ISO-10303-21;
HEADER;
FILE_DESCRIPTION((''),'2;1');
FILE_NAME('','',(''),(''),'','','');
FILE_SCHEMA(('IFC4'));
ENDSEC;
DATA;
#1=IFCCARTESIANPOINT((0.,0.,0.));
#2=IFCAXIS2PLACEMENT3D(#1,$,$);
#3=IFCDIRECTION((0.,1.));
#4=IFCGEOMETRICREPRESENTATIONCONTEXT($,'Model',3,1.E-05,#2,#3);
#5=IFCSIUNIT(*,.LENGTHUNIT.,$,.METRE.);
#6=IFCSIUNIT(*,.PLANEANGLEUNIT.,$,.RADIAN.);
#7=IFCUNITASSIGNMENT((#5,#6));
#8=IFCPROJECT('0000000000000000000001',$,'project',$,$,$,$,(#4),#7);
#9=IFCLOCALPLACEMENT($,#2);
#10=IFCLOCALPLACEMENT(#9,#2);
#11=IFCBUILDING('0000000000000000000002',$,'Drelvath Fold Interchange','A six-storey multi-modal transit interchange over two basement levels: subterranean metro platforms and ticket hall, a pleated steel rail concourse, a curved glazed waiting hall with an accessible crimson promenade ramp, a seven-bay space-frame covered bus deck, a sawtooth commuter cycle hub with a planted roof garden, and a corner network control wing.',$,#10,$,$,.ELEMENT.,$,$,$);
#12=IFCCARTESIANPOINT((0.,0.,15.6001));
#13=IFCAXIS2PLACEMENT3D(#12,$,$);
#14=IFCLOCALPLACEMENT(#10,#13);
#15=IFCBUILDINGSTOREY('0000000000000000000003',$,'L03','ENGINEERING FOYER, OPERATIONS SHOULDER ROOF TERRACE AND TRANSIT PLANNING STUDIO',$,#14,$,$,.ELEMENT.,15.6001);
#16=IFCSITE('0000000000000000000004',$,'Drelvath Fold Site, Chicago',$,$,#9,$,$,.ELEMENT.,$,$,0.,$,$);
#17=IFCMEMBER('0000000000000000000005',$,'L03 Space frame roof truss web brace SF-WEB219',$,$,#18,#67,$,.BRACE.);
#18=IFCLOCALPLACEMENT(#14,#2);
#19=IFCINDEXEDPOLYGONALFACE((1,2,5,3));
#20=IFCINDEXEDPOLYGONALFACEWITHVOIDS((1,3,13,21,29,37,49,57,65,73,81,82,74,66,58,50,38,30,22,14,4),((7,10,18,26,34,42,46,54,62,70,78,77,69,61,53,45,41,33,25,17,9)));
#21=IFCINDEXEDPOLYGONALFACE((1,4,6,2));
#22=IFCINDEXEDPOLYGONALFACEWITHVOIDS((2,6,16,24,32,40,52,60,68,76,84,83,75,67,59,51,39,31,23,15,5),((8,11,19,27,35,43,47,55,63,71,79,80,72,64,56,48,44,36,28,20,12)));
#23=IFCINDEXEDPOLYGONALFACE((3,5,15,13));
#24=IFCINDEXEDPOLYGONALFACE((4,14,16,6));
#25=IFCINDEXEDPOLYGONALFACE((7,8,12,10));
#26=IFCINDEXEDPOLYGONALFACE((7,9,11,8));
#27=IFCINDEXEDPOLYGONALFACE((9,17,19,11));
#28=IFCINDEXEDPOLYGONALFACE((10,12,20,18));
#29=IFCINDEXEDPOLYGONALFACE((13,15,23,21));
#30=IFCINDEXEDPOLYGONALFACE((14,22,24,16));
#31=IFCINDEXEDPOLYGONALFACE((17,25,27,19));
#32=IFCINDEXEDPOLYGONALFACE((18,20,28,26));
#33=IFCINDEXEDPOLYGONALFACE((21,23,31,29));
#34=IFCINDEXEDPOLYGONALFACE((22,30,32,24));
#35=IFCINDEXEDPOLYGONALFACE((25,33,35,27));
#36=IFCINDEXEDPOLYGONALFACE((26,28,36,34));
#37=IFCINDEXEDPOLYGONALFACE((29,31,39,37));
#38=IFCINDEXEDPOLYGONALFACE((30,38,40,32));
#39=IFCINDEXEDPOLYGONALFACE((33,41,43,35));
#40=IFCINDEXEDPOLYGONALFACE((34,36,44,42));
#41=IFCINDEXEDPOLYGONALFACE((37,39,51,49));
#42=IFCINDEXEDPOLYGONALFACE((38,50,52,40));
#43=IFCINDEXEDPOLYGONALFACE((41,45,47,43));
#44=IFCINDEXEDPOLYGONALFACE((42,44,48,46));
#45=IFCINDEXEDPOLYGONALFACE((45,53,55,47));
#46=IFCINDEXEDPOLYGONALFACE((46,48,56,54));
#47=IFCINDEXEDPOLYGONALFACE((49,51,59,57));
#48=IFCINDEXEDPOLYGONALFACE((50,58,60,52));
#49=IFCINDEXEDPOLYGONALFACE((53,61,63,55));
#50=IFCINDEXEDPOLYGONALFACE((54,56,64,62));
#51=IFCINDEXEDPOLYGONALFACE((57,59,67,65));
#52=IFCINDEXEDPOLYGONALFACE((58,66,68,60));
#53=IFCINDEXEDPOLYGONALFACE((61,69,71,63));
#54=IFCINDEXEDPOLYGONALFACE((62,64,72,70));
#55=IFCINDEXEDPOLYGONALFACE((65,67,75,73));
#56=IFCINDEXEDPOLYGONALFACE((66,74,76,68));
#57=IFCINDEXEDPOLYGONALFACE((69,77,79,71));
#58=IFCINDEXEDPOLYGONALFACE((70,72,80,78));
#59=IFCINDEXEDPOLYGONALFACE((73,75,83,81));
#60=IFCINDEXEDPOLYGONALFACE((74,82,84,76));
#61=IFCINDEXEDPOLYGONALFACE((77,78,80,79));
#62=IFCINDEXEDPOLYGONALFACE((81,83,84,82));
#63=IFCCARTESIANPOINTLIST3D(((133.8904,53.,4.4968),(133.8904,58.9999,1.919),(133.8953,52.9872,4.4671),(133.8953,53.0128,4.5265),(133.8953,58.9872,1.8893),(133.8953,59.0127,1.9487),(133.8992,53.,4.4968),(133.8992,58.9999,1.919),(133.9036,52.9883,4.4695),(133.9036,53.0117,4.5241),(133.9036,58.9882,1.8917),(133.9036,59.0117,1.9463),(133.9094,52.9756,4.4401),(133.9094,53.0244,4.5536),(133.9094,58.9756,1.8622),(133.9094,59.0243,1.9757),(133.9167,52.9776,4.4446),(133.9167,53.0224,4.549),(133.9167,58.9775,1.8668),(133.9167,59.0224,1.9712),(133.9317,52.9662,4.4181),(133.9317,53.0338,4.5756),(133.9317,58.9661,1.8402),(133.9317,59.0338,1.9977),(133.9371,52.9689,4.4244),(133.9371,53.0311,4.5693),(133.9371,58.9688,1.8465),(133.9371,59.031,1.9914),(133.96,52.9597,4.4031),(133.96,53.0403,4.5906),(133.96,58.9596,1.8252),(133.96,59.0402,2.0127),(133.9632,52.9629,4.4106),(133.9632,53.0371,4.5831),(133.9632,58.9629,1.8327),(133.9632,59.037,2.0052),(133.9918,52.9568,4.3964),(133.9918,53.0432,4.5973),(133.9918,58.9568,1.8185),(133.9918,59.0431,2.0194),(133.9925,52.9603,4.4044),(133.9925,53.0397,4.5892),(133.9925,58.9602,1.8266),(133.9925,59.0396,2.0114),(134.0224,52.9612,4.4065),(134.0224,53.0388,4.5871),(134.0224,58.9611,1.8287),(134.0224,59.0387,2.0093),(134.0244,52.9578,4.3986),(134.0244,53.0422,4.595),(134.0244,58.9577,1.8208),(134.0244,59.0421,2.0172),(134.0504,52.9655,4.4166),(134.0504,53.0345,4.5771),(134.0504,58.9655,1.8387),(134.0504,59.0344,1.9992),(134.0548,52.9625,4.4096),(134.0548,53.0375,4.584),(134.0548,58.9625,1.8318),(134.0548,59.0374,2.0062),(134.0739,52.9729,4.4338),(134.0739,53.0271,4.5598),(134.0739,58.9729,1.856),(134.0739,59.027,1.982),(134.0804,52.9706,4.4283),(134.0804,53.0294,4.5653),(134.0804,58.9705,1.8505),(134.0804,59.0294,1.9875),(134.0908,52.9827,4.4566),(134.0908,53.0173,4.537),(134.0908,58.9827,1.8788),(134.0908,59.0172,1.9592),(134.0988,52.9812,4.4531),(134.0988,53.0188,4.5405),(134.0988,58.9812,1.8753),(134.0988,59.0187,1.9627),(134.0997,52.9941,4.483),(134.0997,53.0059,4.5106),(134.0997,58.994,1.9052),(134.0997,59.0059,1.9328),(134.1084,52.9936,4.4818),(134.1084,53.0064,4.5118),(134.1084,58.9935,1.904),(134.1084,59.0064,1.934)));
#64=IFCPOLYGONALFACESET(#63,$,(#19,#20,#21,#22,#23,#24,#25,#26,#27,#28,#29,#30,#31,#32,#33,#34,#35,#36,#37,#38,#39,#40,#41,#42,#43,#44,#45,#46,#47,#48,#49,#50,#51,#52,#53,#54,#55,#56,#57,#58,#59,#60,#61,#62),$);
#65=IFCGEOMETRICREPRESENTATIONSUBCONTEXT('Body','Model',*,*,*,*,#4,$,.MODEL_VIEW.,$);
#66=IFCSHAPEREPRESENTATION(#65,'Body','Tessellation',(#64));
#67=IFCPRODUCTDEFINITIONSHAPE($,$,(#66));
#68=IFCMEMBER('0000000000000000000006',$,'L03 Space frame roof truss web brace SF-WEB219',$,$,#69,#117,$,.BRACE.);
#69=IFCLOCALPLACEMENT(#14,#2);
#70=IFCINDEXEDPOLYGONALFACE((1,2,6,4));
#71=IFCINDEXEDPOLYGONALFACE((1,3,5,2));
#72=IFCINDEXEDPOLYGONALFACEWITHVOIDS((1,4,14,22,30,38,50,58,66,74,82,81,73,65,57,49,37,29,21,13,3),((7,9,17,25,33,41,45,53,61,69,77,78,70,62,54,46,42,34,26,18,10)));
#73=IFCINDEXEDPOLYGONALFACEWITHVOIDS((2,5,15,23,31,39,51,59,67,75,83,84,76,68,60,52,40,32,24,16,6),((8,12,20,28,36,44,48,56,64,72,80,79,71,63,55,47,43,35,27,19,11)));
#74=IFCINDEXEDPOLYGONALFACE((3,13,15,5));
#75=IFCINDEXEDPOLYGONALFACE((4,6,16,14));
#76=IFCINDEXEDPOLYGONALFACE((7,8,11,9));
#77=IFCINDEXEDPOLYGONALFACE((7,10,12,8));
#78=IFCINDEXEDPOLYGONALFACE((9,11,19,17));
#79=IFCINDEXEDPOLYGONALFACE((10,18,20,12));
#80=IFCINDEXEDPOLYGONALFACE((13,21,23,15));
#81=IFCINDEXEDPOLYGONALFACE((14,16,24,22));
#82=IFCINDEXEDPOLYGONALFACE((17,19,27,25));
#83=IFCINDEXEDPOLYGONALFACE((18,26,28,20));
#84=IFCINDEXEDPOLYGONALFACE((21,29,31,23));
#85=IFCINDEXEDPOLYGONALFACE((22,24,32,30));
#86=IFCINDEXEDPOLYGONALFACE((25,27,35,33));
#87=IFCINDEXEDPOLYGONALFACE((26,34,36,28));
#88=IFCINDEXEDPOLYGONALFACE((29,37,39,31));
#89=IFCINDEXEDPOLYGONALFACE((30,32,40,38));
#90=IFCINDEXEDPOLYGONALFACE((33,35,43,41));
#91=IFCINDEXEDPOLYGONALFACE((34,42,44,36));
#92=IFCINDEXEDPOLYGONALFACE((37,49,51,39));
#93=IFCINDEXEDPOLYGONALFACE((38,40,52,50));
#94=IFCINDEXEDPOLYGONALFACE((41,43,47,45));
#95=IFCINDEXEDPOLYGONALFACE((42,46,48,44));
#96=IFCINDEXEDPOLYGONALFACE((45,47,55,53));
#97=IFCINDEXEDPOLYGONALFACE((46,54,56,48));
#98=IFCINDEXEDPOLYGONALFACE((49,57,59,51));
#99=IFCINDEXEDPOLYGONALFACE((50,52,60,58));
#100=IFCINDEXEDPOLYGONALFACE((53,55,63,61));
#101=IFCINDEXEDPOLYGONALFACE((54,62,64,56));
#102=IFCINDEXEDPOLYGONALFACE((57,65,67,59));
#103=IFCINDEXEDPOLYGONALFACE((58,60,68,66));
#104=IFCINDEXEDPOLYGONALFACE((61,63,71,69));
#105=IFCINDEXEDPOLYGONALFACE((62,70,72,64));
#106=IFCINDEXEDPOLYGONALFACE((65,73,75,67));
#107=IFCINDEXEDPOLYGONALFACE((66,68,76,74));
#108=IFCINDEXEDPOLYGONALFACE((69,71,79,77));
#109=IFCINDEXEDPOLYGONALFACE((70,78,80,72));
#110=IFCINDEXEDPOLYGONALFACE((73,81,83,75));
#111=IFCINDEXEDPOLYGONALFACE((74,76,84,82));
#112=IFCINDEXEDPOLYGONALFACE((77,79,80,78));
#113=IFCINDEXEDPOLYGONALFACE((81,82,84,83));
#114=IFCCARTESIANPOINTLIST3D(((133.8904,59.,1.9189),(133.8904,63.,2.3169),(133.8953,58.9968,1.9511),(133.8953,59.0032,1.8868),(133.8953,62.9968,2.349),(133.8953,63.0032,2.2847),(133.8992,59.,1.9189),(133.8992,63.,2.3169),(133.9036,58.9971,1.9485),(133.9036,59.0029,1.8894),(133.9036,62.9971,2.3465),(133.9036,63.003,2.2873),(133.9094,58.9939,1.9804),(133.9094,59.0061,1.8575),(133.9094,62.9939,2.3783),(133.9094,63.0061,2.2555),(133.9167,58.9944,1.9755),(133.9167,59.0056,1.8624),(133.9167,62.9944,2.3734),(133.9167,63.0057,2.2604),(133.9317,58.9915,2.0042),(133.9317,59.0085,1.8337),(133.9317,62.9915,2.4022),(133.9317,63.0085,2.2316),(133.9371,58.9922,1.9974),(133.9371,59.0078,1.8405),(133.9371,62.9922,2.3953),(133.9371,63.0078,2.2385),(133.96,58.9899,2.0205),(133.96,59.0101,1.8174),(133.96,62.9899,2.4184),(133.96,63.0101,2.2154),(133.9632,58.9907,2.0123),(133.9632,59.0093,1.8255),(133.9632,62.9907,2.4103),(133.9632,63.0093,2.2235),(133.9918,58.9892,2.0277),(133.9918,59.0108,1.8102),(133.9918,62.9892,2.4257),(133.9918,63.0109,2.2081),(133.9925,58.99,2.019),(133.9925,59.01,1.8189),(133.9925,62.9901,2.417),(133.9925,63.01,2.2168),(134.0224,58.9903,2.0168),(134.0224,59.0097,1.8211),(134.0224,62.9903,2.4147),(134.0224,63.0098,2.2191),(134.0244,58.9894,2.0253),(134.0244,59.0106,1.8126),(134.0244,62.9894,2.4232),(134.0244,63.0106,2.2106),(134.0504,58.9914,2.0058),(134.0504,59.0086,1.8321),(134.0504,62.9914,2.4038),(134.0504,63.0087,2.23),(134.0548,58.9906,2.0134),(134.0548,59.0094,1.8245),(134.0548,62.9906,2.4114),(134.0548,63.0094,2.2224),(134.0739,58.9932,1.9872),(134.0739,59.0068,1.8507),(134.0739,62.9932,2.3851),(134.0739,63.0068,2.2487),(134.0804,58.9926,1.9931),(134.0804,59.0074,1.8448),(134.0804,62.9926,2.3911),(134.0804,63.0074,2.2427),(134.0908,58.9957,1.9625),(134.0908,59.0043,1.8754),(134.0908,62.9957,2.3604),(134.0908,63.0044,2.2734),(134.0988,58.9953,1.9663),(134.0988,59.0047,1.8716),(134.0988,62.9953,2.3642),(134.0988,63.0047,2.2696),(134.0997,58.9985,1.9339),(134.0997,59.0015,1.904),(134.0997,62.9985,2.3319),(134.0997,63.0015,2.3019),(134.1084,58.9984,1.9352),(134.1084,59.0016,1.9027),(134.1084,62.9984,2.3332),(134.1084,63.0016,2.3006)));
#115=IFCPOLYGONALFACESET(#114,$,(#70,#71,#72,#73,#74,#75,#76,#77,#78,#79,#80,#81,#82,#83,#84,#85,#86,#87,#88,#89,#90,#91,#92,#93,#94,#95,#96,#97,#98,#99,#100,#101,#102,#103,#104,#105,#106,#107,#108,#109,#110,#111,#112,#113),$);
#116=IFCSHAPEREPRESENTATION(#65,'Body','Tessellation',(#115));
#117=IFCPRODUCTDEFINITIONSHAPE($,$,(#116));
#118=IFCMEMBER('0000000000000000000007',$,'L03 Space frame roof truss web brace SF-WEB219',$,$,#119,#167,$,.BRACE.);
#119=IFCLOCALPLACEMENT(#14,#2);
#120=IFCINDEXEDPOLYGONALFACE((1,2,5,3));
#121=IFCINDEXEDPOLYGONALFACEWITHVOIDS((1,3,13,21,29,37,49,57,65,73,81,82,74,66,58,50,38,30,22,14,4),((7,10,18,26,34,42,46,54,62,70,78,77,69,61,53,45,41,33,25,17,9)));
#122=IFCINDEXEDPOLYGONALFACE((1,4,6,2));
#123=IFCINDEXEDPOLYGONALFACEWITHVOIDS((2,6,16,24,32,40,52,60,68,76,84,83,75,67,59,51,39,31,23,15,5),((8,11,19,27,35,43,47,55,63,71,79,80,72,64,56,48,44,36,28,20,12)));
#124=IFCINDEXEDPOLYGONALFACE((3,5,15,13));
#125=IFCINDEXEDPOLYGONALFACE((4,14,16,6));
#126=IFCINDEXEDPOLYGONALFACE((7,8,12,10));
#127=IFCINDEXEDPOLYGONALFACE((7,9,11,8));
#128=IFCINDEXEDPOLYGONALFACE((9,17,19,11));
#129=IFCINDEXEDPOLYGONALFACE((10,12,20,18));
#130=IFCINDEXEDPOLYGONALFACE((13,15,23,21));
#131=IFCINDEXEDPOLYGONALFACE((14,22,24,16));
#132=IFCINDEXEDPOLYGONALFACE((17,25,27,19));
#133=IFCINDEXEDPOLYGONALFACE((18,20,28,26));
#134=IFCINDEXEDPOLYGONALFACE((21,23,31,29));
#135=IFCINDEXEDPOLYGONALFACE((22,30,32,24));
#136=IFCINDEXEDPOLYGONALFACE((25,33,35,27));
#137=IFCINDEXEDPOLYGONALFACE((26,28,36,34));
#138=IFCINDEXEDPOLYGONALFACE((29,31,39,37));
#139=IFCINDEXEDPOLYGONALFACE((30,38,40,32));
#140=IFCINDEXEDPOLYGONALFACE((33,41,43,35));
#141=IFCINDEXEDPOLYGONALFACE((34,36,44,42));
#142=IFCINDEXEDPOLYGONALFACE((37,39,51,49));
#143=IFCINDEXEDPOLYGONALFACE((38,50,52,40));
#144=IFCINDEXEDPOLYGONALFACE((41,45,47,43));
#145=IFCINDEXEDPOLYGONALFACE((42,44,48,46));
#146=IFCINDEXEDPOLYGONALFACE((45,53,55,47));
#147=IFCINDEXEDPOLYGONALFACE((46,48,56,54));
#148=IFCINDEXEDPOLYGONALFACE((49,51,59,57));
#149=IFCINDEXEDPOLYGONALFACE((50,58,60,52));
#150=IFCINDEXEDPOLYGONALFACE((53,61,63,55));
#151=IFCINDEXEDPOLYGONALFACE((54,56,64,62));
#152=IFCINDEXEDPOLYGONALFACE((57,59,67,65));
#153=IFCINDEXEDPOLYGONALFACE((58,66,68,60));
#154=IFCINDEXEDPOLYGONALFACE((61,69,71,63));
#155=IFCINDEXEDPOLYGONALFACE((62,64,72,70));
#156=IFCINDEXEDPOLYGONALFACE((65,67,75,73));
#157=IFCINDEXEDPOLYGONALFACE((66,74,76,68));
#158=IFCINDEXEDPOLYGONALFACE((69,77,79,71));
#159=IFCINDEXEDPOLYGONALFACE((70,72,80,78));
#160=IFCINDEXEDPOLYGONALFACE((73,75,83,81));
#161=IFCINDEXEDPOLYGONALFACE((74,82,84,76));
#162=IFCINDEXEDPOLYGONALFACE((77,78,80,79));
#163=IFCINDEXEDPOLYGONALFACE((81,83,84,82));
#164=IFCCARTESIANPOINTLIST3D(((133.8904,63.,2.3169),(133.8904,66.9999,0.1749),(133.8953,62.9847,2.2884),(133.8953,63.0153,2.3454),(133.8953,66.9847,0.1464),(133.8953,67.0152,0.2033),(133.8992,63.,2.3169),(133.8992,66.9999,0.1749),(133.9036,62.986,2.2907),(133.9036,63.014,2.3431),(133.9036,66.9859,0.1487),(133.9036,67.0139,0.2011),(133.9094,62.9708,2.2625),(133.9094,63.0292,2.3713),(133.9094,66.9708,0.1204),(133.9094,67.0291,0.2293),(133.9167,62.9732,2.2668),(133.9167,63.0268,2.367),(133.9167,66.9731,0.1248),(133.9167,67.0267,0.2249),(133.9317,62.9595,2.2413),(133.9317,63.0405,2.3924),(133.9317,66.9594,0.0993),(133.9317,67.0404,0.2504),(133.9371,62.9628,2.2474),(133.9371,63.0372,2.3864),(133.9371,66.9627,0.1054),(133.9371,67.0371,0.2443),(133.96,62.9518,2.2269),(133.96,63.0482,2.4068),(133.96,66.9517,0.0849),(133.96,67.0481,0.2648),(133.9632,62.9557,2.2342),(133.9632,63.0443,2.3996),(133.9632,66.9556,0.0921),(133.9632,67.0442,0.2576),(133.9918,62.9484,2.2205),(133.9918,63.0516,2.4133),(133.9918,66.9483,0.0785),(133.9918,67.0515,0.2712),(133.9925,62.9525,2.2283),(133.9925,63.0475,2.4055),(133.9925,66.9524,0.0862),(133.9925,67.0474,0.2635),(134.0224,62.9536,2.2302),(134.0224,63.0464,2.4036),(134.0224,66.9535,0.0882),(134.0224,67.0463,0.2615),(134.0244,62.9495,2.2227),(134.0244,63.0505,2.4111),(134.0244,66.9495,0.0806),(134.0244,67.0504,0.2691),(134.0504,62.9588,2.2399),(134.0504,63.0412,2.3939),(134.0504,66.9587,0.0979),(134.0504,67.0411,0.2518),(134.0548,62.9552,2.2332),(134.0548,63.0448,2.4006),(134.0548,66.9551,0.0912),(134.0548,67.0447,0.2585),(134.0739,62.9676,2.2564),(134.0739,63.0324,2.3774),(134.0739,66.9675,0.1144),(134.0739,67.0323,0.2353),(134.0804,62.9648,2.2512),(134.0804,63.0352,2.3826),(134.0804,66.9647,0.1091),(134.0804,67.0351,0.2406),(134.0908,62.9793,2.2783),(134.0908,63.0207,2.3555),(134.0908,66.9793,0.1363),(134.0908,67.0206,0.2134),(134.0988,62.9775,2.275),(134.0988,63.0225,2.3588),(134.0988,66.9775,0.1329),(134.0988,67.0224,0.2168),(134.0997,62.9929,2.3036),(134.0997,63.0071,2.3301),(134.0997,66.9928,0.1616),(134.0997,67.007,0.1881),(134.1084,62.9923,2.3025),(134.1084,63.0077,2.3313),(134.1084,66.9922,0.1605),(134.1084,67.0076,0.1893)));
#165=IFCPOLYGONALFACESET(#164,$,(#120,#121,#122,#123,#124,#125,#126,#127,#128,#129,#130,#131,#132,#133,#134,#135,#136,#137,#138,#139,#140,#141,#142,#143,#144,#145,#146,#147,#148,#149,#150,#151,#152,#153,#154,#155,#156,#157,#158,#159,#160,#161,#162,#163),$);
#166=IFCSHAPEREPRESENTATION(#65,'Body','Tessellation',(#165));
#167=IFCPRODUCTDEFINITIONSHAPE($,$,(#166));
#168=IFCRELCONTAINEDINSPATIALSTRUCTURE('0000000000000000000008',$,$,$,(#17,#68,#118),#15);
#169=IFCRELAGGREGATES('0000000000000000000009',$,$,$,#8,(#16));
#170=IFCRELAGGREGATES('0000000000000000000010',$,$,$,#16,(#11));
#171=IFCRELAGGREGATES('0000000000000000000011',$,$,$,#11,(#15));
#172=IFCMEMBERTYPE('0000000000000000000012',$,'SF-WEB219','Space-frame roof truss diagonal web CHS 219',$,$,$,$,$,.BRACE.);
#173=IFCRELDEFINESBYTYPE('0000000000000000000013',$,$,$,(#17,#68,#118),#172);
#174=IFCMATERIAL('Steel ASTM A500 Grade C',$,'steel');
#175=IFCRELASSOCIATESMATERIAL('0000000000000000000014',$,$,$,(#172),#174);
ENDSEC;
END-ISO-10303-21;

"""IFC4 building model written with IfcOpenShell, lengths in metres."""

from ifc_helpers import new_model, si_unit, direction, frame, origin, origin_2d, place, context, subcontext, project, spatial, hollow_circle, extrude, material, material_profile, profile_set, type_object, element, save


model = new_model("IFC4")

# Units and contexts
model_context = context("Model", 3, precision=1e-05, world=origin(), true_north=direction((0.0, 1.0)))
body_context = subcontext(model_context, "Body", "Model", "MODEL_VIEW")
ifc_project = project(units=[si_unit("LENGTHUNIT", "METRE"), si_unit("PLANEANGLEUNIT", "RADIAN")], contexts=[model_context])

# Site, building, storey
site_placement = place(None, origin())
site = spatial("IfcSite", under=ifc_project, at=site_placement, Name="Drelvath Fold Site, Chicago", CompositionType="ELEMENT", RefElevation=0.0)
building_placement = place(site_placement, origin())
building = spatial("IfcBuilding", under=site, at=building_placement, Name="Drelvath Fold Interchange", Description="A six-storey multi-modal transit interchange over two basement levels: subterranean metro platforms and ticket hall, a pleated steel rail concourse, a curved glazed waiting hall with an accessible crimson promenade ramp, a seven-bay space-frame covered bus deck, a sawtooth commuter cycle hub with a planted roof garden, and a corner network control wing.", CompositionType="ELEMENT")
storey_placement = place(building_placement, frame((0.0, 0.0, 15.6001)))
storey = spatial("IfcBuildingStorey", under=building, at=storey_placement, Name="L03", Description="ENGINEERING FOYER, OPERATIONS SHOULDER ROOF TERRACE AND TRANSIT PLANNING STUDIO", CompositionType="ELEMENT", Elevation=15.6001)

# Shared definitions
ifc_material_1 = material(Name="Steel ASTM A500 Grade C", Category="steel")

# Members
ifc_material_profile_1 = material_profile(ifc_material_1, hollow_circle(Radius=0.1096, WallThickness=0.0088, at=origin_2d()), Name="HSS8.625X0.375")
ifc_profile_set_1 = profile_set([ifc_material_profile_1], Name="Steel ASTM A500 Grade C")
member_type_1 = type_object("IfcMemberType", Name="SF-WEB219", Description="Space-frame roof truss diagonal web CHS 219", PredefinedType="BRACE", material=ifc_profile_set_1)
member_1_placement = place(storey_placement, frame((134.0, 53.0, 4.4968), z_axis=(0.0, 0.918787, -0.394754), x_axis=(-1.0, 0.0, 0.0)))
element("IfcMember", 1, at=member_1_placement, inside=storey, type_object=member_type_1, Name="L03 Space frame roof truss web brace SF-WEB219", PredefinedType="BRACE", context=body_context, shape_type="SweptSolid", body=[
    extrude(hollow_circle(Radius=0.1096, WallThickness=0.0088, at=origin_2d()), origin(), (0.0, 0.0, 1.0), 6.5303),
])
member_2_placement = place(storey_placement, frame((134.0, 59.0, 1.9189), z_axis=(0.0, 0.995088, 0.098999), x_axis=(-1.0, 0.0, 0.0)))
element("IfcMember", 2, at=member_2_placement, inside=storey, type_object=member_type_1, Name="L03 Space frame roof truss web brace SF-WEB219", PredefinedType="BRACE", context=body_context, shape_type="SweptSolid", body=[
    extrude(hollow_circle(Radius=0.1096, WallThickness=0.0088, at=origin_2d()), origin(), (0.0, 0.0, 1.0), 4.0198),
])
member_3_placement = place(storey_placement, frame((134.0, 63.0, 2.3169), z_axis=(0.0, 0.88155, -0.47209), x_axis=(-1.0, 0.0, 0.0)))
element("IfcMember", 3, at=member_3_placement, inside=storey, type_object=member_type_1, Name="L03 Space frame roof truss web brace SF-WEB219", PredefinedType="BRACE", context=body_context, shape_type="SweptSolid", body=[
    extrude(hollow_circle(Radius=0.1096, WallThickness=0.0088, at=origin_2d()), origin(), (0.0, 0.0, 1.0), 4.5374),
])

save(model, "model.ifc")
